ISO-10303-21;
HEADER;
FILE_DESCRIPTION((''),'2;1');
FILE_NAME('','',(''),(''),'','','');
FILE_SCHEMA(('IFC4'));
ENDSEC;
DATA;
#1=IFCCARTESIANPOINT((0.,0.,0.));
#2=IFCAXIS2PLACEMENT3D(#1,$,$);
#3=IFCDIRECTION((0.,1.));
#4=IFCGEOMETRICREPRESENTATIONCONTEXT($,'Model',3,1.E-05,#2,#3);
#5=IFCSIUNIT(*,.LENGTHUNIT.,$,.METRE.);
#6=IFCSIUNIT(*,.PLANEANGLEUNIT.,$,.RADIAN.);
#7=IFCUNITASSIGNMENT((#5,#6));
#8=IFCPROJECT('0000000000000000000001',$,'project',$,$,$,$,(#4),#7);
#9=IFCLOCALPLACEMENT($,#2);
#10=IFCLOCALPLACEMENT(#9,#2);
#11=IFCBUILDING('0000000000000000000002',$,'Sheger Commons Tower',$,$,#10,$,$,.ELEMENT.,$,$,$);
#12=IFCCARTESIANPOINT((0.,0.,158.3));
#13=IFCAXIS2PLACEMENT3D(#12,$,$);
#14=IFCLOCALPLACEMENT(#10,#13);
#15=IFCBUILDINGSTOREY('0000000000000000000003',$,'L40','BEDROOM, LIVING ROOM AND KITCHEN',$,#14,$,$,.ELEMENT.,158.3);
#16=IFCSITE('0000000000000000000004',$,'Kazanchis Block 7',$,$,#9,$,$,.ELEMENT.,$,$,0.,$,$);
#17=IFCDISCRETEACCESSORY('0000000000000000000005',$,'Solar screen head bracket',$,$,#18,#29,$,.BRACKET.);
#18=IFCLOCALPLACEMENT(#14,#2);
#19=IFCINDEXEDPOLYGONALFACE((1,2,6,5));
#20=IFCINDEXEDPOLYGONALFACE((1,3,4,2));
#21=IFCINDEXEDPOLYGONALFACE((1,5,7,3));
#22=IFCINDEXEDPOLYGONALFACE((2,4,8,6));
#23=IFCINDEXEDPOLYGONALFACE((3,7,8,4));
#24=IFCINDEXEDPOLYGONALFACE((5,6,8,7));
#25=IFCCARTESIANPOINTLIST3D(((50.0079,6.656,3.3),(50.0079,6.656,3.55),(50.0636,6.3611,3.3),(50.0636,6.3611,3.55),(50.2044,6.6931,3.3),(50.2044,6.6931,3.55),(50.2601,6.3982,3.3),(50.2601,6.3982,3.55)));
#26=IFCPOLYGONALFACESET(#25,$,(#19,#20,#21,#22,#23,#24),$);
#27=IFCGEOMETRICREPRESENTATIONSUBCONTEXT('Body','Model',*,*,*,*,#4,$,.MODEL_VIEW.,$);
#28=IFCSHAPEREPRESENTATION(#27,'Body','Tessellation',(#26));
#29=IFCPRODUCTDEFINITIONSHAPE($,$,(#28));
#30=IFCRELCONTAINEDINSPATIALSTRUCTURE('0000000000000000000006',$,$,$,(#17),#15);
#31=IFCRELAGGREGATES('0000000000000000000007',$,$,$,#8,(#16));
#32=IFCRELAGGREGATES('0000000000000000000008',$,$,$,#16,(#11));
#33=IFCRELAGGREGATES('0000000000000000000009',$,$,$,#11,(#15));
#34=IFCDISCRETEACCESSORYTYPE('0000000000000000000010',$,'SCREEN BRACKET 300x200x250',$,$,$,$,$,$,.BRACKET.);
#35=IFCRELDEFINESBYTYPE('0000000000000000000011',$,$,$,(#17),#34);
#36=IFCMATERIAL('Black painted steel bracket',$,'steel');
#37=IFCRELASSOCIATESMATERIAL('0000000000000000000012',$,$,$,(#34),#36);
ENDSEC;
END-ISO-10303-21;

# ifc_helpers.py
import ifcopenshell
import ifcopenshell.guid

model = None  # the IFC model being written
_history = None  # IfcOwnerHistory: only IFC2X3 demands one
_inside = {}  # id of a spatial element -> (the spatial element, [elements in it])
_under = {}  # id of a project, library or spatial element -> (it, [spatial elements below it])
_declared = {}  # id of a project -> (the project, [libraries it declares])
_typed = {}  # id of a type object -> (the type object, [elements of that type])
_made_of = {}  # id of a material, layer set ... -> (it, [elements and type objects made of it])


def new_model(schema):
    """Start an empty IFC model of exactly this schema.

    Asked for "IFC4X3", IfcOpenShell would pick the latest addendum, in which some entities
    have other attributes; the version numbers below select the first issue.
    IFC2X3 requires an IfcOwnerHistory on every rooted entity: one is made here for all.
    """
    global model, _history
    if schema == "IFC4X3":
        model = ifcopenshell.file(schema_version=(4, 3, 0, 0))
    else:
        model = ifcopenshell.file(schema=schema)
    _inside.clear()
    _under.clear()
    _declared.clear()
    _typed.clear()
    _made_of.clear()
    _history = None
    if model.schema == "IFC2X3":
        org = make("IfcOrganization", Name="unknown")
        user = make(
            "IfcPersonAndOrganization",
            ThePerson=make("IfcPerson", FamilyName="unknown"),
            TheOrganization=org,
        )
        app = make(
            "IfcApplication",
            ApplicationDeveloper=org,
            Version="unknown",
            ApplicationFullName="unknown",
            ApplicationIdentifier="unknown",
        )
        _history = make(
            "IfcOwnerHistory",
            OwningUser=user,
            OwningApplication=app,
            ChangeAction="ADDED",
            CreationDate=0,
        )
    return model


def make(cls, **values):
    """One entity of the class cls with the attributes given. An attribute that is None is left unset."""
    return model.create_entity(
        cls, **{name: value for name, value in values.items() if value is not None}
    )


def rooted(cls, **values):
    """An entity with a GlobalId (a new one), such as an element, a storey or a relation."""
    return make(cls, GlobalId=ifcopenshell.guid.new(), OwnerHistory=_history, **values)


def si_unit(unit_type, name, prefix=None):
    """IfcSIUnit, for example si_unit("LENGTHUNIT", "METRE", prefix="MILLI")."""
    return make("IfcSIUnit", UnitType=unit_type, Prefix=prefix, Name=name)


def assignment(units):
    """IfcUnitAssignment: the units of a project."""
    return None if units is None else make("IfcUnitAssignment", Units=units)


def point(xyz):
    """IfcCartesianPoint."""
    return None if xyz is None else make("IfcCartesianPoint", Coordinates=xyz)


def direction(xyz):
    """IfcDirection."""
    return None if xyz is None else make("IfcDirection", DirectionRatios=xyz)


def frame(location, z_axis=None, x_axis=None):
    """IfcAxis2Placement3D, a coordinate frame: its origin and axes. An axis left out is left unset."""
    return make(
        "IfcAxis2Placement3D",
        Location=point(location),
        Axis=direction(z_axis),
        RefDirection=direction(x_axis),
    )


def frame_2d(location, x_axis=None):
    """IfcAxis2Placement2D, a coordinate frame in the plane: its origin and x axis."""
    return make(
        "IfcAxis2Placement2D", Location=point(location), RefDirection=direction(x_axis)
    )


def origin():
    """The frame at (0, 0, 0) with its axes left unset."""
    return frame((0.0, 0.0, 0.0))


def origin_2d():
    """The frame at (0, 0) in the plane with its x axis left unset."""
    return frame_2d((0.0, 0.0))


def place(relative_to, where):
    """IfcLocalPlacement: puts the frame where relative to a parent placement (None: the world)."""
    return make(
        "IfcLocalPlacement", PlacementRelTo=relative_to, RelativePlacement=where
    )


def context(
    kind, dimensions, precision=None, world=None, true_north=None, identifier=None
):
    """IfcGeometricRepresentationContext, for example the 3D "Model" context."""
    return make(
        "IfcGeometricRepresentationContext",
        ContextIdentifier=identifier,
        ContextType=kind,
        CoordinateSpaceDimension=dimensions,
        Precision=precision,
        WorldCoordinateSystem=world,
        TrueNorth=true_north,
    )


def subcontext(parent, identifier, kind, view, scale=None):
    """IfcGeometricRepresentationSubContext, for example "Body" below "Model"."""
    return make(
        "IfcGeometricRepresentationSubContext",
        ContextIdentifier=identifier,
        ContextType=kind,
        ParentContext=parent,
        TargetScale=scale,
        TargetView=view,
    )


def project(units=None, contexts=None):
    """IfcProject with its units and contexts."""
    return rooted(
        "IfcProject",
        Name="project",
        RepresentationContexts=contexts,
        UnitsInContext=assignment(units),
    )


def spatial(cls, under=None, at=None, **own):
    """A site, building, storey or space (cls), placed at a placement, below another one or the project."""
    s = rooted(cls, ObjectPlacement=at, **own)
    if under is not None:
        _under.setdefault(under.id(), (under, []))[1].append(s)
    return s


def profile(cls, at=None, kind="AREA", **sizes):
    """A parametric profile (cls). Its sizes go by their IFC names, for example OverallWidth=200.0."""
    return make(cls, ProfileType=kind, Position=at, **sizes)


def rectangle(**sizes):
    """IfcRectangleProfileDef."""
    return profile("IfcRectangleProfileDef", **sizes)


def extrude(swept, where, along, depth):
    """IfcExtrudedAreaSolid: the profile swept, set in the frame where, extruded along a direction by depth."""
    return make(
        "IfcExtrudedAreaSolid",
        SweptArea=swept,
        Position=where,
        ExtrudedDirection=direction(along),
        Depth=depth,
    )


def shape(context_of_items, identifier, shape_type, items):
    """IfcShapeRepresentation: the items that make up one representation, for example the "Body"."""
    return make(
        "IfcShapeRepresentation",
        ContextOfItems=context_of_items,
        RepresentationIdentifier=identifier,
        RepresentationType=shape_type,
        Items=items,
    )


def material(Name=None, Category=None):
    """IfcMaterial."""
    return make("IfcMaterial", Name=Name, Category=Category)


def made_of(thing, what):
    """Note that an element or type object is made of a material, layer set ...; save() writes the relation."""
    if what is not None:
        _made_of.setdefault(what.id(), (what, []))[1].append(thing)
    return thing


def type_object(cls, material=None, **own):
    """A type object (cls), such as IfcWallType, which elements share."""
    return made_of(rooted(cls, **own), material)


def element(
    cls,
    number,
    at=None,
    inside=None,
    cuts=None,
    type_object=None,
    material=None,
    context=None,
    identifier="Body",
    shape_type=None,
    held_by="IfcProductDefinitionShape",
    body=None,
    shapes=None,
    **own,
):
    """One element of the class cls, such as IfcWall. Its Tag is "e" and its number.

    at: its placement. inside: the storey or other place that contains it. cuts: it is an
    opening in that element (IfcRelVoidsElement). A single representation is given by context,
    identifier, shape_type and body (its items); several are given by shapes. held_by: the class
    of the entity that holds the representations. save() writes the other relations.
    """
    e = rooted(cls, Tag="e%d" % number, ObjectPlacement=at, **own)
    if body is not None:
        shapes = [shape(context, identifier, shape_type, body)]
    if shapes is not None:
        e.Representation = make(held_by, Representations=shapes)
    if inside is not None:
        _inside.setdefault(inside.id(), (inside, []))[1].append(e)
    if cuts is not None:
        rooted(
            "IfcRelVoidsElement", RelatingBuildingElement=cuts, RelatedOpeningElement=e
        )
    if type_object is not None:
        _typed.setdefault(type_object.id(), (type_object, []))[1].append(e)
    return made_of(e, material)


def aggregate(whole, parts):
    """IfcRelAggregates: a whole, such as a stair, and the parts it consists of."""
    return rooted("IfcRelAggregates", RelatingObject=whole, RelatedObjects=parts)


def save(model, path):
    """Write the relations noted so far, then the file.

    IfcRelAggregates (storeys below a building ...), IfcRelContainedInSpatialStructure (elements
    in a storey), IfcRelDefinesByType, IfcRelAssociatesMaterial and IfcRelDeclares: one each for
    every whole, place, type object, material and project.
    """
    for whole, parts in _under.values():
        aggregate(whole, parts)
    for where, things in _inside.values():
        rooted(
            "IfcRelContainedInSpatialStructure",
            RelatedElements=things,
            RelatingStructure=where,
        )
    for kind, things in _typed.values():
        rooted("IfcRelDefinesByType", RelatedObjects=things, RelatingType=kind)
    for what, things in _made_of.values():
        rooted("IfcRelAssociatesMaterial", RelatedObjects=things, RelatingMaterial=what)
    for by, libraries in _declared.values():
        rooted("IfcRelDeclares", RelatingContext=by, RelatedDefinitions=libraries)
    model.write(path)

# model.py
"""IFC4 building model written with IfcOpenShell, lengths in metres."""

from ifc_helpers import new_model, si_unit, direction, frame, origin, origin_2d, place, context, subcontext, project, spatial, rectangle, extrude, material, type_object, element, save


model = new_model("IFC4")

# Units and contexts
model_context = context("Model", 3, precision=1e-05, world=origin(), true_north=direction((0.0, 1.0)))
body_context = subcontext(model_context, "Body", "Model", "MODEL_VIEW")
ifc_project = project(units=[si_unit("LENGTHUNIT", "METRE"), si_unit("PLANEANGLEUNIT", "RADIAN")], contexts=[model_context])

# Site, building, storey
site_placement = place(None, origin())
site = spatial("IfcSite", under=ifc_project, at=site_placement, Name="Kazanchis Block 7", CompositionType="ELEMENT", RefElevation=0.0)
building_placement = place(site_placement, origin())
building = spatial("IfcBuilding", under=site, at=building_placement, Name="Sheger Commons Tower", CompositionType="ELEMENT")
storey_placement = place(building_placement, frame((0.0, 0.0, 158.3)))
storey = spatial("IfcBuildingStorey", under=building, at=storey_placement, Name="L40", Description="BEDROOM, LIVING ROOM AND KITCHEN", CompositionType="ELEMENT", Elevation=158.3)

# Discrete accessory
ifc_material_1 = material(Name="Black painted steel bracket", Category="steel")
discrete_accessory_type = type_object("IfcDiscreteAccessoryType", Name="SCREEN BRACKET 300x200x250", PredefinedType="BRACKET", material=ifc_material_1)
for number, where, z_axis, x_axis, name in (
    (1, (50.134, 6.5271, 3.3), (0.0, 0.0, 1.0), (-0.185615, 0.982623, 0.0), "Solar screen head bracket"),
):
    element("IfcDiscreteAccessory", number, at=place(storey_placement, frame(where, z_axis=z_axis, x_axis=x_axis)), inside=storey, type_object=discrete_accessory_type, Name=name, PredefinedType="BRACKET", context=body_context, shape_type="SweptSolid", body=[
        extrude(rectangle(XDim=0.3, YDim=0.2, at=origin_2d()), origin(), (0.0, 0.0, 1.0), 0.25),
    ])

save(model, "model.ifc")
